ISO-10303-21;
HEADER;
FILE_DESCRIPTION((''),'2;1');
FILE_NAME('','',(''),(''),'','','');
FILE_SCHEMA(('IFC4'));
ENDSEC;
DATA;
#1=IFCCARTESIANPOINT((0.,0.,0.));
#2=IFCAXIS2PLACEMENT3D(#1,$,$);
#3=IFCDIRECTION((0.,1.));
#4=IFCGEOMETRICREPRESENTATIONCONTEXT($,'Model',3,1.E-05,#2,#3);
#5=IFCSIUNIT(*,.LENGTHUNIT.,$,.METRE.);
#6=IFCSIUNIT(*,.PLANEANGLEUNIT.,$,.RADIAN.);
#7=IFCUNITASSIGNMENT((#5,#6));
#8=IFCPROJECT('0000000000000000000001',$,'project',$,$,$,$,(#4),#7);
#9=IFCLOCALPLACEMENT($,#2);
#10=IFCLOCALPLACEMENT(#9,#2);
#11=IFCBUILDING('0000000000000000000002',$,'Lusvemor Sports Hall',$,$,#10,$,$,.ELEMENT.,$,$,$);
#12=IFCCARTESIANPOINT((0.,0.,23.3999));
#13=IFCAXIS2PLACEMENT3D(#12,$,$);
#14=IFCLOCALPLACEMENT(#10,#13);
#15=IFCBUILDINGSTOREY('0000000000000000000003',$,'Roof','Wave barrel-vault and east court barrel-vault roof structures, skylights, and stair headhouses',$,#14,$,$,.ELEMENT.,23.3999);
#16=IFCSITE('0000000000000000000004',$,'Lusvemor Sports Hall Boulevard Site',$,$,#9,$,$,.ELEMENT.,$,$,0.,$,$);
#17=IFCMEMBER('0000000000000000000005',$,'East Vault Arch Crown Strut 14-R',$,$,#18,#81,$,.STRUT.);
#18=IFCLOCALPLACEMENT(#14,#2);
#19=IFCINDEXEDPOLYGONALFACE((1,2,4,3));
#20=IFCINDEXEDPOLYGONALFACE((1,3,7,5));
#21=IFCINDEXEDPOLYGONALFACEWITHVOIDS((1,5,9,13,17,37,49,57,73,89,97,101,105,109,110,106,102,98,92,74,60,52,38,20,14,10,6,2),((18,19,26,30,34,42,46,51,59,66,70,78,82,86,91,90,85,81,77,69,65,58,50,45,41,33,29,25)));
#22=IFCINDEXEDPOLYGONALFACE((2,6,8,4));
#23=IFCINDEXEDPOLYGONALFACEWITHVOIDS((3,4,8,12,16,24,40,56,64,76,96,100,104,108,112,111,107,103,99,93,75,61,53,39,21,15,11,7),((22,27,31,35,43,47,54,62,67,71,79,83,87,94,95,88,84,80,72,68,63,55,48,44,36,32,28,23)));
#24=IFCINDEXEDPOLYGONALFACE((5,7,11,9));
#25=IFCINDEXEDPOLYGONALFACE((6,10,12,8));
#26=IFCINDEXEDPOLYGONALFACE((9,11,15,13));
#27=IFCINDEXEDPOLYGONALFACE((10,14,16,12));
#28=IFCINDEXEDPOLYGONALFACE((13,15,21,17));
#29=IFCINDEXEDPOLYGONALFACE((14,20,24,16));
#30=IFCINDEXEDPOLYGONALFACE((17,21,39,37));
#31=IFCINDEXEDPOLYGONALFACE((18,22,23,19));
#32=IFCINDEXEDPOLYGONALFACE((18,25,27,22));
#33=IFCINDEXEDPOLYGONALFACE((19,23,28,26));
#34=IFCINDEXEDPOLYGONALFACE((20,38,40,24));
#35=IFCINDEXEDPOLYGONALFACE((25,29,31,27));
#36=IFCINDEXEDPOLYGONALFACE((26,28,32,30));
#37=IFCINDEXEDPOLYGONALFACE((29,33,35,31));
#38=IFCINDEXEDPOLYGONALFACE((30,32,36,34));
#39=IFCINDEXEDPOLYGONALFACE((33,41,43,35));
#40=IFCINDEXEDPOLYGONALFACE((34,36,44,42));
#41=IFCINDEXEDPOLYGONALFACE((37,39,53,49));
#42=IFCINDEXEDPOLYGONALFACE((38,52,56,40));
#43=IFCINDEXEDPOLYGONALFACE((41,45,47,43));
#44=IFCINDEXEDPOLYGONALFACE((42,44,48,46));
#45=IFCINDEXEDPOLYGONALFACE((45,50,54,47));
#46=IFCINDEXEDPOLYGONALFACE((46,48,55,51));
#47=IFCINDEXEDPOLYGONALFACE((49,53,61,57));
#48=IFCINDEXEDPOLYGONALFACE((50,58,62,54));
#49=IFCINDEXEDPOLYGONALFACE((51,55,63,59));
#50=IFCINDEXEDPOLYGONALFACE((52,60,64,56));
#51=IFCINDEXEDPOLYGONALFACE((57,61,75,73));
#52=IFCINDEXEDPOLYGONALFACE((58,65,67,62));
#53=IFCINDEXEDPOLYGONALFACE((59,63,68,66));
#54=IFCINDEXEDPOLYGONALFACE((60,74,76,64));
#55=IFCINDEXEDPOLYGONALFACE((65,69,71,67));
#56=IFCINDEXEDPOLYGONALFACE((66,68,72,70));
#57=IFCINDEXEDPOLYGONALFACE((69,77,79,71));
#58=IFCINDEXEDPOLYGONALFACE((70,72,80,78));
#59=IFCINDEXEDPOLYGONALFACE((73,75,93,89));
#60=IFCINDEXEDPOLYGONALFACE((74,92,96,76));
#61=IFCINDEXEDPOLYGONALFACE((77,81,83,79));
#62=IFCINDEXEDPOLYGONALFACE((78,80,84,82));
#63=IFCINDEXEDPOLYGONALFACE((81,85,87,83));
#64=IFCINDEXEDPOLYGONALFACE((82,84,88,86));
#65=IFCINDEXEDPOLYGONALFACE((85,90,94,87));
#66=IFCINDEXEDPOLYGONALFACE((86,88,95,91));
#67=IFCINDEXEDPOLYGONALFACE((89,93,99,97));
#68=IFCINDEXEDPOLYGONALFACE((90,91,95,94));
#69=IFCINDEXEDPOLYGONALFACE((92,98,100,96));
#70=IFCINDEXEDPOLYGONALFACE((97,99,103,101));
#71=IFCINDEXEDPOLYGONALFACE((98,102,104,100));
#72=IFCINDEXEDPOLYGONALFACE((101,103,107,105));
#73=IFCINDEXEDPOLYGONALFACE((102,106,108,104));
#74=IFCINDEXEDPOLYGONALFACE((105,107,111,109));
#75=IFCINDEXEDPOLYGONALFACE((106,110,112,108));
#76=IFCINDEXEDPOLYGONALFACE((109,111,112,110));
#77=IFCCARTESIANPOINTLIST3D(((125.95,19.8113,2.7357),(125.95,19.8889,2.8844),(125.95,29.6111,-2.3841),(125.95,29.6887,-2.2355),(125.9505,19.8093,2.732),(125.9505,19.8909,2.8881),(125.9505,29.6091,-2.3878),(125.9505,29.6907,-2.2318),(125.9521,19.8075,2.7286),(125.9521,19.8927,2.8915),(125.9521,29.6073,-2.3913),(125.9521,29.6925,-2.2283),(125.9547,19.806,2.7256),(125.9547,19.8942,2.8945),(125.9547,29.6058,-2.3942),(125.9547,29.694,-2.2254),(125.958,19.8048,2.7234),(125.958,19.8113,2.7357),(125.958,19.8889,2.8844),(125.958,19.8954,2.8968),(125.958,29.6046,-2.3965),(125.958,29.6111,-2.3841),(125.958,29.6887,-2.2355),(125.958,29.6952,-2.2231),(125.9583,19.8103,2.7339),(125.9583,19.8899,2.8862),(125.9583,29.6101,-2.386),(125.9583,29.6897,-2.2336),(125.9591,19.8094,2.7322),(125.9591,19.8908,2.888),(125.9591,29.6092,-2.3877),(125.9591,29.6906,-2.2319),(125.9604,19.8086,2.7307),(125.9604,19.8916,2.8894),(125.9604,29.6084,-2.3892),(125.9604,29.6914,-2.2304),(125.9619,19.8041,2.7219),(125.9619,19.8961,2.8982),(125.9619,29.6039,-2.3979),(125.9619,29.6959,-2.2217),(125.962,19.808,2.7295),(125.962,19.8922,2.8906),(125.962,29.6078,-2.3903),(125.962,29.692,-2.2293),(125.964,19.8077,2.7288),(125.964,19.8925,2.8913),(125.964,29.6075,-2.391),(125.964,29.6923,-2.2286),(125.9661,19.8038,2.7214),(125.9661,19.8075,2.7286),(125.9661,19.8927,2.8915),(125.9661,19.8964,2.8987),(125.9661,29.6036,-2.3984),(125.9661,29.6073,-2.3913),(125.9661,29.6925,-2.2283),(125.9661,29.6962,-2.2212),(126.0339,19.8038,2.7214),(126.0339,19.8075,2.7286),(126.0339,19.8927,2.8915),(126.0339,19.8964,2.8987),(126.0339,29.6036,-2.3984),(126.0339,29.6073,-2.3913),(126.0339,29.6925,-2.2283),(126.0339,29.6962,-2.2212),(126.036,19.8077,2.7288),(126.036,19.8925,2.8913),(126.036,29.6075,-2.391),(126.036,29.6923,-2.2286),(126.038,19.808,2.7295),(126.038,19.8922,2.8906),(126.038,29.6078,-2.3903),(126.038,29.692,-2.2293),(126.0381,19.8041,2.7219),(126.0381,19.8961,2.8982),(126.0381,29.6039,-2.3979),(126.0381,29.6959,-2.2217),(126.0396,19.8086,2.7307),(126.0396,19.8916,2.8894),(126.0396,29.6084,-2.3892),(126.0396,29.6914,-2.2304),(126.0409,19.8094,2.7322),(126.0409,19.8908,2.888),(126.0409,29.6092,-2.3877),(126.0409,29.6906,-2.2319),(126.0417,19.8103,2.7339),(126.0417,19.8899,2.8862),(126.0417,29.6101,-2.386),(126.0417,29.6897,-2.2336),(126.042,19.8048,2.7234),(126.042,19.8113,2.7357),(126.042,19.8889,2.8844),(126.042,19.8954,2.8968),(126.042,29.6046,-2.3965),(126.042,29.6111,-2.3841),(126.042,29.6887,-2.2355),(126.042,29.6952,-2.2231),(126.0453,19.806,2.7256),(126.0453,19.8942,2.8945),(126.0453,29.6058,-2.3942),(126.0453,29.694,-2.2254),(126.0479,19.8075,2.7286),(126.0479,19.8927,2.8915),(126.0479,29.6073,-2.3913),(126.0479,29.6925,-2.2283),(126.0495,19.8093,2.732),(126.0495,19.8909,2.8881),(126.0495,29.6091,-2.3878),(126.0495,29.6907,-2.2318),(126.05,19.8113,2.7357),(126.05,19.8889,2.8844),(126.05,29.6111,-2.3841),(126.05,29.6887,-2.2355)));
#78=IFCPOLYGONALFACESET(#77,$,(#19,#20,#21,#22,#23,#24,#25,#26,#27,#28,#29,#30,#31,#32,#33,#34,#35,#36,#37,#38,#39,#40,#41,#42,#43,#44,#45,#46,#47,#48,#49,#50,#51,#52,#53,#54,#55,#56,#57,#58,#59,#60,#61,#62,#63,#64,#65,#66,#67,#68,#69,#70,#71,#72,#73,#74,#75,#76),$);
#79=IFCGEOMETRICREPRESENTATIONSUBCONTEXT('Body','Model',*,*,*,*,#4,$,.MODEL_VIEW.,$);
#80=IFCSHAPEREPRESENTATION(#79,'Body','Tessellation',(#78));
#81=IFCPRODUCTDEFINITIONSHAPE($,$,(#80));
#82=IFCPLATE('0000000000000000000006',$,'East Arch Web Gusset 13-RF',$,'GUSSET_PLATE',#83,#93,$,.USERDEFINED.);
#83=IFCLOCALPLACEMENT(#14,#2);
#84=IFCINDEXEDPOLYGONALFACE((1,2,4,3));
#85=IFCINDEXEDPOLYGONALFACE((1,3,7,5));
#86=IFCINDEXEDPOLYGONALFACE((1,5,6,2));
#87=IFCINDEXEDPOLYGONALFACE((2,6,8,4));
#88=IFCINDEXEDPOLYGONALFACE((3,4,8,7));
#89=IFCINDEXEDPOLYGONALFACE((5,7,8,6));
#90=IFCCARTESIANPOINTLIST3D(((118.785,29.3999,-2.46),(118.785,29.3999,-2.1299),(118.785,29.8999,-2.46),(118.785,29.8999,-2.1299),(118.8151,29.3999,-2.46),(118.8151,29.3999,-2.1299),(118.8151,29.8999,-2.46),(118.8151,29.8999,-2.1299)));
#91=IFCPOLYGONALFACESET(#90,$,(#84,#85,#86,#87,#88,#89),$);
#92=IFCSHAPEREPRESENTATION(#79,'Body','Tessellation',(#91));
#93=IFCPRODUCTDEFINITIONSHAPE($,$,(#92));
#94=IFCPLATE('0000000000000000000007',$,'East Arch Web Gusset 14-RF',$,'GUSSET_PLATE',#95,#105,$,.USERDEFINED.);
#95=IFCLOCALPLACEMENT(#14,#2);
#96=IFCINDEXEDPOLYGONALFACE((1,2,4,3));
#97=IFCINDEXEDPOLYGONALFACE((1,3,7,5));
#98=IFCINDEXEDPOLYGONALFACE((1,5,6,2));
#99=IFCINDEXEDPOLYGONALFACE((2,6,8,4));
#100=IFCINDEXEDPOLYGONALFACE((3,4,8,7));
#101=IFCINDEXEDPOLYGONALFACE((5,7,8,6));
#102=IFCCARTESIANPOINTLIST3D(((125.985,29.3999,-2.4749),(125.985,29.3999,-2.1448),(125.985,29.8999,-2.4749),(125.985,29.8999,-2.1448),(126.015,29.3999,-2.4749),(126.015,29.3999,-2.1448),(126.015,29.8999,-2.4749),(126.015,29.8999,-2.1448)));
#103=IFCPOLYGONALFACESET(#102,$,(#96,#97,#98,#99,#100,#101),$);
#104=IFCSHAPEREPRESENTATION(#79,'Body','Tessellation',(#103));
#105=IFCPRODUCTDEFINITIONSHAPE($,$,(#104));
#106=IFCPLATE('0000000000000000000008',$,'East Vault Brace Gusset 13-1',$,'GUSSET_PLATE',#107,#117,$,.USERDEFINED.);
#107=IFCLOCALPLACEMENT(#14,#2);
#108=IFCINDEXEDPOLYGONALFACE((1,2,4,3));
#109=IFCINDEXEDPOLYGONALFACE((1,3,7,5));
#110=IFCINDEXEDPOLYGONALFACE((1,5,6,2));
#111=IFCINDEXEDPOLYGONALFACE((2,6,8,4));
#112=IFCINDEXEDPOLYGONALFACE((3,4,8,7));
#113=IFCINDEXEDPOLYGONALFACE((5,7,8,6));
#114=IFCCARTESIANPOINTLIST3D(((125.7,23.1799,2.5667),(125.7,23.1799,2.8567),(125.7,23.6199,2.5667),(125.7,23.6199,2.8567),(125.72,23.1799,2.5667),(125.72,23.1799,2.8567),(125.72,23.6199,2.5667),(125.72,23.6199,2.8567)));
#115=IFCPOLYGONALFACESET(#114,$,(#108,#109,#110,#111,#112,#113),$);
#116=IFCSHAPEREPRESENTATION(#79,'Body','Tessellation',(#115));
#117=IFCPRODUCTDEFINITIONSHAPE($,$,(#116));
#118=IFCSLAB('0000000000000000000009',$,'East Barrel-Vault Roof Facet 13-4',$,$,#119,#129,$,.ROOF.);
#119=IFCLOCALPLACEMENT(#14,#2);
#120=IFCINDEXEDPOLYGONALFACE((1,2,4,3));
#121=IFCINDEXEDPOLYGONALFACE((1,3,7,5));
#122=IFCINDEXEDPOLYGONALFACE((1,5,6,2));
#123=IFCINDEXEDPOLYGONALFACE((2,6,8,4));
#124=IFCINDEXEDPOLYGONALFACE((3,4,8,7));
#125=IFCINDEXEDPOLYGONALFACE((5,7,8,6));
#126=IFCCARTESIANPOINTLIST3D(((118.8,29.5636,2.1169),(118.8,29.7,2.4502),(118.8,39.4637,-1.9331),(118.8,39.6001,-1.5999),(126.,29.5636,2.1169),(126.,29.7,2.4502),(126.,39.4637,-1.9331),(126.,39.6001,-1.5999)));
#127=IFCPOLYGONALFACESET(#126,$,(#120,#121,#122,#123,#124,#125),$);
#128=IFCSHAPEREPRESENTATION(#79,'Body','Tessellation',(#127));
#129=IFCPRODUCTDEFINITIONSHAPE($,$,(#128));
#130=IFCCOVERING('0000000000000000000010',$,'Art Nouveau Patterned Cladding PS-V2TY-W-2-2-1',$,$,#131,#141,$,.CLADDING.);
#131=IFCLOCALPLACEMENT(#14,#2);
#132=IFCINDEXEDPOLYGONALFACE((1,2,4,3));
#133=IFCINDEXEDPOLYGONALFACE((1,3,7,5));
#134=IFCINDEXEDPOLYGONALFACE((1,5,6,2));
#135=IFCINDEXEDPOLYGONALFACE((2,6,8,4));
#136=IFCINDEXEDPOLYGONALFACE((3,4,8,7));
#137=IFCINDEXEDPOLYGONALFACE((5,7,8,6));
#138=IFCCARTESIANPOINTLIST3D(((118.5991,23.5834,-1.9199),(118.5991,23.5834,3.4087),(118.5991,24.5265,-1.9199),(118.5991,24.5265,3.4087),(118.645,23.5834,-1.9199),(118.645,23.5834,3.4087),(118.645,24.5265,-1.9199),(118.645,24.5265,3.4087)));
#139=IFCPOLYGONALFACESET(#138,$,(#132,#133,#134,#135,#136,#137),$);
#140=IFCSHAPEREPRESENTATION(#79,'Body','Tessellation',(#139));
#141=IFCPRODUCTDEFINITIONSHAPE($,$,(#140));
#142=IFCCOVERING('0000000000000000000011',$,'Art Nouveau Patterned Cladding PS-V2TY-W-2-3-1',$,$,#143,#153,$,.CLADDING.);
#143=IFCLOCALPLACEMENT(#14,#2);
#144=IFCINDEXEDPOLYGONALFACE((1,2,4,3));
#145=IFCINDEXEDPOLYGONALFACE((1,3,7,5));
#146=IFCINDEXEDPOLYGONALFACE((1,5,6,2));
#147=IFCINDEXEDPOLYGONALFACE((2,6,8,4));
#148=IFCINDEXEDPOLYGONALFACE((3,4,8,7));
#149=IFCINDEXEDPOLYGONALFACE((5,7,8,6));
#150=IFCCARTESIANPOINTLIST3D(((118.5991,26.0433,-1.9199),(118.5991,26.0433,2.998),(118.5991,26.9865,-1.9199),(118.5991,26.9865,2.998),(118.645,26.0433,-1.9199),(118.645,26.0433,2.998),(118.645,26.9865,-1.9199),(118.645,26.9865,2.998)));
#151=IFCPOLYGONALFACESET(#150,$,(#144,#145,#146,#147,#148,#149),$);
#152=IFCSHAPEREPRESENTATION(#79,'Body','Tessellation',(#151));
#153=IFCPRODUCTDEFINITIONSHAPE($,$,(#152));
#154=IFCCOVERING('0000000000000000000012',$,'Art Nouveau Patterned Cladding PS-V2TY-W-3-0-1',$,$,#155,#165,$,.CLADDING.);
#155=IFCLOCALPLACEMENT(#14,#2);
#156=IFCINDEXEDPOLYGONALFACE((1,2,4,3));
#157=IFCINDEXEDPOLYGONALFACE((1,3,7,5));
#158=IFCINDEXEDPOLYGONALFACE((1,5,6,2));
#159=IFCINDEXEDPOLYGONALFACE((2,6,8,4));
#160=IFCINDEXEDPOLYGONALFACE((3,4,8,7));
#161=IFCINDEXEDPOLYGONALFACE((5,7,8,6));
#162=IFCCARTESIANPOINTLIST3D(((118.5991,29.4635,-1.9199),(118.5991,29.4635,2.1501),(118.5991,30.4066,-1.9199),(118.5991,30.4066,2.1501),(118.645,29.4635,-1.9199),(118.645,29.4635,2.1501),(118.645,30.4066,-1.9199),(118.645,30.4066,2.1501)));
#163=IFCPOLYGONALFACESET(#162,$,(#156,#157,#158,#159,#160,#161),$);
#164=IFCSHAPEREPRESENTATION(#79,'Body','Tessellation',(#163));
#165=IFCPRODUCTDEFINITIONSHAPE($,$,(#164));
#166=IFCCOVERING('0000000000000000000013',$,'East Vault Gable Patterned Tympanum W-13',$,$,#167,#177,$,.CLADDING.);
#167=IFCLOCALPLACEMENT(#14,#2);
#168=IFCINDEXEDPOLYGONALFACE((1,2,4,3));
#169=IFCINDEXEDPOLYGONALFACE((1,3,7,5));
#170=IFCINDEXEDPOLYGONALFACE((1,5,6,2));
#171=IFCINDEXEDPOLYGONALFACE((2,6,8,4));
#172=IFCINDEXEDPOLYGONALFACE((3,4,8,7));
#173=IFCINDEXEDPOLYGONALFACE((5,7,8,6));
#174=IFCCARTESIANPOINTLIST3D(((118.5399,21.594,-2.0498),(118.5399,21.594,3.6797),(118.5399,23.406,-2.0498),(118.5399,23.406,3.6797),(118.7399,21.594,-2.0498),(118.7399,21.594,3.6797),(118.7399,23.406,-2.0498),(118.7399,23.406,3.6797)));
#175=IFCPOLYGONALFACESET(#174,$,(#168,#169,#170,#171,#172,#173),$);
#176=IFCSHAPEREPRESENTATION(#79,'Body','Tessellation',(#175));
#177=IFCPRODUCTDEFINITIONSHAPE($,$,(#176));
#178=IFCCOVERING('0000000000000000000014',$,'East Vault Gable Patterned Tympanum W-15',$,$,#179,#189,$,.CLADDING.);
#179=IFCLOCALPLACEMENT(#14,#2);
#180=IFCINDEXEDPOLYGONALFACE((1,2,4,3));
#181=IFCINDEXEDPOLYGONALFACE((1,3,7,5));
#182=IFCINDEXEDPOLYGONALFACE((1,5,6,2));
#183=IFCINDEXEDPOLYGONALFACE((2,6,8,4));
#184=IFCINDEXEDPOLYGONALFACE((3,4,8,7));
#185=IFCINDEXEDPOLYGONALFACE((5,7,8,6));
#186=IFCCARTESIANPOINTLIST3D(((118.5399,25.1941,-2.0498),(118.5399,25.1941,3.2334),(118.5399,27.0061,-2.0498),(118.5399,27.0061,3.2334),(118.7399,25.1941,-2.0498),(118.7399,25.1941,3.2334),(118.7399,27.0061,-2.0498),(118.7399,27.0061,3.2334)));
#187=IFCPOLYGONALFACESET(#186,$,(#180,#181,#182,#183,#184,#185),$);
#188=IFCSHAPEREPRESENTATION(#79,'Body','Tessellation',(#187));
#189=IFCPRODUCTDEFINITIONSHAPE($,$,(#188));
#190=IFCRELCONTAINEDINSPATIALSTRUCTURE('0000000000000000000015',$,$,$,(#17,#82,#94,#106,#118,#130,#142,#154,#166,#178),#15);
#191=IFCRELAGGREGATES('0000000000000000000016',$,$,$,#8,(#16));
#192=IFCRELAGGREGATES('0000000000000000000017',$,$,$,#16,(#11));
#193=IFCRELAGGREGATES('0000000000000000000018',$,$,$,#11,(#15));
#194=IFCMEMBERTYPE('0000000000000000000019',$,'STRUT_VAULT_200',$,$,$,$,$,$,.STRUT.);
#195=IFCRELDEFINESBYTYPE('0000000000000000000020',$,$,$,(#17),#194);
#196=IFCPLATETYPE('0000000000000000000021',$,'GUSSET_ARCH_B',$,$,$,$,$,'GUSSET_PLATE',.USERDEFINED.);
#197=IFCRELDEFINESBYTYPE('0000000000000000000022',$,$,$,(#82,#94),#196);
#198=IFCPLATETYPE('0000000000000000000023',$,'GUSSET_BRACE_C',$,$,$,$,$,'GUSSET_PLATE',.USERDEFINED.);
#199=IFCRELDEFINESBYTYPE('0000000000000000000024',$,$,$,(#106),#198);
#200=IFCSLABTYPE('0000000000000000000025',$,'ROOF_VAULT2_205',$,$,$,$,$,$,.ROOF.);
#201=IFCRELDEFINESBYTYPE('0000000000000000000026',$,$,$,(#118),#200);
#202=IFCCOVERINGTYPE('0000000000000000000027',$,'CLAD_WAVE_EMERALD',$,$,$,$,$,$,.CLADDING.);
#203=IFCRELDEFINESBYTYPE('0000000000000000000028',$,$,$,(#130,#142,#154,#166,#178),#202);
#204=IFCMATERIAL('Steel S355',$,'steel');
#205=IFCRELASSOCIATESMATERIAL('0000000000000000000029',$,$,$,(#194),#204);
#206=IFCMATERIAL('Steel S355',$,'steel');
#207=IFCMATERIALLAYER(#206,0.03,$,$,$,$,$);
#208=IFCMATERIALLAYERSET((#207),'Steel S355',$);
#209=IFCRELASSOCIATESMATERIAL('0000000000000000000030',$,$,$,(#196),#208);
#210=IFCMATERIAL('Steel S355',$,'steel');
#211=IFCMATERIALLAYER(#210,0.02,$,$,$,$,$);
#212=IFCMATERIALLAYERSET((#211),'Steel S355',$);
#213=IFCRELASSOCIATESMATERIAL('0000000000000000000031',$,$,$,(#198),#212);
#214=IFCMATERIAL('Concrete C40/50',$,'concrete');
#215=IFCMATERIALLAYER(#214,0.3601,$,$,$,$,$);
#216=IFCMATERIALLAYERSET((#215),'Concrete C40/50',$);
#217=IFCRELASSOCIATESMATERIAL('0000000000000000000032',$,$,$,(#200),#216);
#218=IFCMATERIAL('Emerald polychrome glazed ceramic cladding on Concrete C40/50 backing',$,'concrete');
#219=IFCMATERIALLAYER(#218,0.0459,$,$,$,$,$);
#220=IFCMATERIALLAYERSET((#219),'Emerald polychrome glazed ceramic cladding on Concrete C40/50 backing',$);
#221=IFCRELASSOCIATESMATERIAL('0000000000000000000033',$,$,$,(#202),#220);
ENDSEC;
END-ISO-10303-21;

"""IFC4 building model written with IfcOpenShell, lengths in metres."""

from ifc_helpers import new_model, si_unit, direction, frame, origin, origin_2d, place, context, subcontext, project, spatial, polyline, rectangle, hollow_rectangle, outline, extrude, material, layer, layer_set, material_profile, profile_set, type_object, element, save


model = new_model("IFC4")

# Units and contexts
model_context = context("Model", 3, precision=1e-05, world=origin(), true_north=direction((0.0, 1.0)))
body_context = subcontext(model_context, "Body", "Model", "MODEL_VIEW")
ifc_project = project(units=[si_unit("LENGTHUNIT", "METRE"), si_unit("PLANEANGLEUNIT", "RADIAN")], contexts=[model_context])

# Site, building, storey
site_placement = place(None, origin())
site = spatial("IfcSite", under=ifc_project, at=site_placement, Name="Lusvemor Sports Hall Boulevard Site", CompositionType="ELEMENT", RefElevation=0.0)
building_placement = place(site_placement, origin())
building = spatial("IfcBuilding", under=site, at=building_placement, Name="Lusvemor Sports Hall", CompositionType="ELEMENT")
storey_placement = place(building_placement, frame((0.0, 0.0, 23.3999)))
storey = spatial("IfcBuildingStorey", under=building, at=storey_placement, Name="Roof", Description="Wave barrel-vault and east court barrel-vault roof structures, skylights, and stair headhouses", CompositionType="ELEMENT", Elevation=23.3999)

# Member
ifc_material_1 = material(Name="Steel S355", Category="steel")
ifc_material_profile_1 = material_profile(ifc_material_1, hollow_rectangle(XDim=0.1001, YDim=0.2, WallThickness=0.0081, InnerFilletRadius=0.0081, OuterFilletRadius=0.0161, at=origin_2d()), Name="RHS200x100x8")
ifc_profile_set_1 = profile_set([ifc_material_profile_1], Name="Steel S355")
member_type_1 = type_object("IfcMemberType", Name="STRUT_VAULT_200", PredefinedType="STRUT", material=ifc_profile_set_1)
member_1_placement = place(storey_placement, frame((126.0, 29.6499, -2.3098), z_axis=(0.0, -0.886328, 0.463059), x_axis=(1.0, 0.0, 0.0)))
element("IfcMember", 1, at=member_1_placement, inside=storey, type_object=member_type_1, Name="East Vault Arch Crown Strut 14-R", PredefinedType="STRUT", context=body_context, shape_type="SweptSolid", body=[
    extrude(hollow_rectangle(XDim=0.1001, YDim=0.2, WallThickness=0.0081, InnerFilletRadius=0.0081, OuterFilletRadius=0.0161, at=origin_2d()), origin(), (0.0, 0.0, 1.0), 11.0566),
])

# Plates
ifc_material_2 = material(Name="Steel S355", Category="steel")
ifc_layer_1 = layer(ifc_material_2, 0.03)
ifc_layer_set_1 = layer_set([ifc_layer_1], Name="Steel S355")
plate_type_1 = type_object("IfcPlateType", Name="GUSSET_ARCH_B", ElementType="GUSSET_PLATE", PredefinedType="USERDEFINED", material=ifc_layer_set_1)
for number, where, z_axis, x_axis, name in (
    (2, (118.8, 29.6499, -2.46), (0.0, 0.0, 1.0), (1.0, 0.0, 0.0), "East Arch Web Gusset 13-RF"),
    (3, (126.0, 29.6499, -2.4749), (0.0, 0.0, 1.0), (1.0, 0.0, 0.0), "East Arch Web Gusset 14-RF"),
):
    element("IfcPlate", number, at=place(storey_placement, frame(where, z_axis=z_axis, x_axis=x_axis)), inside=storey, type_object=plate_type_1, Name=name, ObjectType="GUSSET_PLATE", PredefinedType="USERDEFINED", context=body_context, shape_type="SweptSolid", body=[
        extrude(rectangle(XDim=0.03, YDim=0.5, at=origin_2d()), origin(), (0.0, 0.0, 1.0), 0.3301),
    ])
ifc_material_3 = material(Name="Steel S355", Category="steel")
ifc_layer_2 = layer(ifc_material_3, 0.02)
ifc_layer_set_2 = layer_set([ifc_layer_2], Name="Steel S355")
plate_type_2 = type_object("IfcPlateType", Name="GUSSET_BRACE_C", ElementType="GUSSET_PLATE", PredefinedType="USERDEFINED", material=ifc_layer_set_2)
plate_placement = place(storey_placement, frame((125.71, 23.3999, 2.5667), z_axis=(0.0, 0.0, 1.0), x_axis=(1.0, 0.0, 0.0)))
element("IfcPlate", 4, at=plate_placement, inside=storey, type_object=plate_type_2, Name="East Vault Brace Gusset 13-1", ObjectType="GUSSET_PLATE", PredefinedType="USERDEFINED", context=body_context, shape_type="SweptSolid", body=[
    extrude(rectangle(XDim=0.02, YDim=0.4399, at=origin_2d()), origin(), (0.0, 0.0, 1.0), 0.29),
])

# Slab
ifc_material_4 = material(Name="Concrete C40/50", Category="concrete")
ifc_layer_3 = layer(ifc_material_4, 0.3601)
ifc_layer_set_3 = layer_set([ifc_layer_3], Name="Concrete C40/50")
slab_type = type_object("IfcSlabType", Name="ROOF_VAULT2_205", PredefinedType="ROOF", material=ifc_layer_set_3)
slab_placement = place(storey_placement, frame((118.8, 29.7, 2.4502), z_axis=(0.0, 0.378632, 0.925547), x_axis=(1.0, 0.0, 0.0)))
element("IfcSlab", 5, at=slab_placement, inside=storey, type_object=slab_type, Name="East Barrel-Vault Roof Facet 13-4", PredefinedType="ROOF", context=body_context, shape_type="SweptSolid", body=[
    extrude(outline(polyline([(0.0, 0.0), (7.2, 0.0), (7.2, 10.6965), (0.0, 10.6965), (0.0, 0.0)])), origin(), (0.0, 0.0, -1.0), 0.3601),
])

# Coverings
ifc_material_5 = material(Name="Emerald polychrome glazed ceramic cladding on Concrete C40/50 backing", Category="concrete")
ifc_layer_4 = layer(ifc_material_5, 0.0459)
ifc_layer_set_4 = layer_set([ifc_layer_4], Name="Emerald polychrome glazed ceramic cladding on Concrete C40/50 backing")
covering_type_1 = type_object("IfcCoveringType", Name="CLAD_WAVE_EMERALD", PredefinedType="CLADDING", material=ifc_layer_set_4)
covering_1_placement = place(storey_placement, frame((118.6221, 24.0549, -1.9199), z_axis=(0.0, 0.0, 1.0), x_axis=(1.0, 0.0, 0.0)))
element("IfcCovering", 6, at=covering_1_placement, inside=storey, type_object=covering_type_1, Name="Art Nouveau Patterned Cladding PS-V2TY-W-2-2-1", PredefinedType="CLADDING", context=body_context, shape_type="SweptSolid", body=[
    extrude(rectangle(XDim=0.0459, YDim=0.9431, at=origin_2d()), origin(), (0.0, 0.0, 1.0), 5.3286),
])
covering_2_placement = place(storey_placement, frame((118.6221, 26.5149, -1.9199), z_axis=(0.0, 0.0, 1.0), x_axis=(1.0, 0.0, 0.0)))
element("IfcCovering", 7, at=covering_2_placement, inside=storey, type_object=covering_type_1, Name="Art Nouveau Patterned Cladding PS-V2TY-W-2-3-1", PredefinedType="CLADDING", context=body_context, shape_type="SweptSolid", body=[
    extrude(rectangle(XDim=0.0459, YDim=0.9431, at=origin_2d()), origin(), (0.0, 0.0, 1.0), 4.918),
])
covering_3_placement = place(storey_placement, frame((118.6221, 29.9351, -1.9199), z_axis=(0.0, 0.0, 1.0), x_axis=(1.0, 0.0, 0.0)))
element("IfcCovering", 8, at=covering_3_placement, inside=storey, type_object=covering_type_1, Name="Art Nouveau Patterned Cladding PS-V2TY-W-3-0-1", PredefinedType="CLADDING", context=body_context, shape_type="SweptSolid", body=[
    extrude(rectangle(XDim=0.0459, YDim=0.9431, at=origin_2d()), origin(), (0.0, 0.0, 1.0), 4.0701),
])
covering_4_placement = place(storey_placement, frame((118.6399, 22.5, -2.0498), z_axis=(0.0, 0.0, 1.0), x_axis=(1.0, 0.0, 0.0)))
element("IfcCovering", 9, at=covering_4_placement, inside=storey, type_object=covering_type_1, Name="East Vault Gable Patterned Tympanum W-13", PredefinedType="CLADDING", context=body_context, shape_type="SweptSolid", body=[
    extrude(rectangle(XDim=0.2, YDim=1.812, at=origin_2d()), origin(), (0.0, 0.0, 1.0), 5.7295),
])
covering_5_placement = place(storey_placement, frame((118.6399, 26.1001, -2.0498), z_axis=(0.0, 0.0, 1.0), x_axis=(1.0, 0.0, 0.0)))
element("IfcCovering", 10, at=covering_5_placement, inside=storey, type_object=covering_type_1, Name="East Vault Gable Patterned Tympanum W-15", PredefinedType="CLADDING", context=body_context, shape_type="SweptSolid", body=[
    extrude(rectangle(XDim=0.2, YDim=1.812, at=origin_2d()), origin(), (0.0, 0.0, 1.0), 5.2832),
])

save(model, "model.ifc")
